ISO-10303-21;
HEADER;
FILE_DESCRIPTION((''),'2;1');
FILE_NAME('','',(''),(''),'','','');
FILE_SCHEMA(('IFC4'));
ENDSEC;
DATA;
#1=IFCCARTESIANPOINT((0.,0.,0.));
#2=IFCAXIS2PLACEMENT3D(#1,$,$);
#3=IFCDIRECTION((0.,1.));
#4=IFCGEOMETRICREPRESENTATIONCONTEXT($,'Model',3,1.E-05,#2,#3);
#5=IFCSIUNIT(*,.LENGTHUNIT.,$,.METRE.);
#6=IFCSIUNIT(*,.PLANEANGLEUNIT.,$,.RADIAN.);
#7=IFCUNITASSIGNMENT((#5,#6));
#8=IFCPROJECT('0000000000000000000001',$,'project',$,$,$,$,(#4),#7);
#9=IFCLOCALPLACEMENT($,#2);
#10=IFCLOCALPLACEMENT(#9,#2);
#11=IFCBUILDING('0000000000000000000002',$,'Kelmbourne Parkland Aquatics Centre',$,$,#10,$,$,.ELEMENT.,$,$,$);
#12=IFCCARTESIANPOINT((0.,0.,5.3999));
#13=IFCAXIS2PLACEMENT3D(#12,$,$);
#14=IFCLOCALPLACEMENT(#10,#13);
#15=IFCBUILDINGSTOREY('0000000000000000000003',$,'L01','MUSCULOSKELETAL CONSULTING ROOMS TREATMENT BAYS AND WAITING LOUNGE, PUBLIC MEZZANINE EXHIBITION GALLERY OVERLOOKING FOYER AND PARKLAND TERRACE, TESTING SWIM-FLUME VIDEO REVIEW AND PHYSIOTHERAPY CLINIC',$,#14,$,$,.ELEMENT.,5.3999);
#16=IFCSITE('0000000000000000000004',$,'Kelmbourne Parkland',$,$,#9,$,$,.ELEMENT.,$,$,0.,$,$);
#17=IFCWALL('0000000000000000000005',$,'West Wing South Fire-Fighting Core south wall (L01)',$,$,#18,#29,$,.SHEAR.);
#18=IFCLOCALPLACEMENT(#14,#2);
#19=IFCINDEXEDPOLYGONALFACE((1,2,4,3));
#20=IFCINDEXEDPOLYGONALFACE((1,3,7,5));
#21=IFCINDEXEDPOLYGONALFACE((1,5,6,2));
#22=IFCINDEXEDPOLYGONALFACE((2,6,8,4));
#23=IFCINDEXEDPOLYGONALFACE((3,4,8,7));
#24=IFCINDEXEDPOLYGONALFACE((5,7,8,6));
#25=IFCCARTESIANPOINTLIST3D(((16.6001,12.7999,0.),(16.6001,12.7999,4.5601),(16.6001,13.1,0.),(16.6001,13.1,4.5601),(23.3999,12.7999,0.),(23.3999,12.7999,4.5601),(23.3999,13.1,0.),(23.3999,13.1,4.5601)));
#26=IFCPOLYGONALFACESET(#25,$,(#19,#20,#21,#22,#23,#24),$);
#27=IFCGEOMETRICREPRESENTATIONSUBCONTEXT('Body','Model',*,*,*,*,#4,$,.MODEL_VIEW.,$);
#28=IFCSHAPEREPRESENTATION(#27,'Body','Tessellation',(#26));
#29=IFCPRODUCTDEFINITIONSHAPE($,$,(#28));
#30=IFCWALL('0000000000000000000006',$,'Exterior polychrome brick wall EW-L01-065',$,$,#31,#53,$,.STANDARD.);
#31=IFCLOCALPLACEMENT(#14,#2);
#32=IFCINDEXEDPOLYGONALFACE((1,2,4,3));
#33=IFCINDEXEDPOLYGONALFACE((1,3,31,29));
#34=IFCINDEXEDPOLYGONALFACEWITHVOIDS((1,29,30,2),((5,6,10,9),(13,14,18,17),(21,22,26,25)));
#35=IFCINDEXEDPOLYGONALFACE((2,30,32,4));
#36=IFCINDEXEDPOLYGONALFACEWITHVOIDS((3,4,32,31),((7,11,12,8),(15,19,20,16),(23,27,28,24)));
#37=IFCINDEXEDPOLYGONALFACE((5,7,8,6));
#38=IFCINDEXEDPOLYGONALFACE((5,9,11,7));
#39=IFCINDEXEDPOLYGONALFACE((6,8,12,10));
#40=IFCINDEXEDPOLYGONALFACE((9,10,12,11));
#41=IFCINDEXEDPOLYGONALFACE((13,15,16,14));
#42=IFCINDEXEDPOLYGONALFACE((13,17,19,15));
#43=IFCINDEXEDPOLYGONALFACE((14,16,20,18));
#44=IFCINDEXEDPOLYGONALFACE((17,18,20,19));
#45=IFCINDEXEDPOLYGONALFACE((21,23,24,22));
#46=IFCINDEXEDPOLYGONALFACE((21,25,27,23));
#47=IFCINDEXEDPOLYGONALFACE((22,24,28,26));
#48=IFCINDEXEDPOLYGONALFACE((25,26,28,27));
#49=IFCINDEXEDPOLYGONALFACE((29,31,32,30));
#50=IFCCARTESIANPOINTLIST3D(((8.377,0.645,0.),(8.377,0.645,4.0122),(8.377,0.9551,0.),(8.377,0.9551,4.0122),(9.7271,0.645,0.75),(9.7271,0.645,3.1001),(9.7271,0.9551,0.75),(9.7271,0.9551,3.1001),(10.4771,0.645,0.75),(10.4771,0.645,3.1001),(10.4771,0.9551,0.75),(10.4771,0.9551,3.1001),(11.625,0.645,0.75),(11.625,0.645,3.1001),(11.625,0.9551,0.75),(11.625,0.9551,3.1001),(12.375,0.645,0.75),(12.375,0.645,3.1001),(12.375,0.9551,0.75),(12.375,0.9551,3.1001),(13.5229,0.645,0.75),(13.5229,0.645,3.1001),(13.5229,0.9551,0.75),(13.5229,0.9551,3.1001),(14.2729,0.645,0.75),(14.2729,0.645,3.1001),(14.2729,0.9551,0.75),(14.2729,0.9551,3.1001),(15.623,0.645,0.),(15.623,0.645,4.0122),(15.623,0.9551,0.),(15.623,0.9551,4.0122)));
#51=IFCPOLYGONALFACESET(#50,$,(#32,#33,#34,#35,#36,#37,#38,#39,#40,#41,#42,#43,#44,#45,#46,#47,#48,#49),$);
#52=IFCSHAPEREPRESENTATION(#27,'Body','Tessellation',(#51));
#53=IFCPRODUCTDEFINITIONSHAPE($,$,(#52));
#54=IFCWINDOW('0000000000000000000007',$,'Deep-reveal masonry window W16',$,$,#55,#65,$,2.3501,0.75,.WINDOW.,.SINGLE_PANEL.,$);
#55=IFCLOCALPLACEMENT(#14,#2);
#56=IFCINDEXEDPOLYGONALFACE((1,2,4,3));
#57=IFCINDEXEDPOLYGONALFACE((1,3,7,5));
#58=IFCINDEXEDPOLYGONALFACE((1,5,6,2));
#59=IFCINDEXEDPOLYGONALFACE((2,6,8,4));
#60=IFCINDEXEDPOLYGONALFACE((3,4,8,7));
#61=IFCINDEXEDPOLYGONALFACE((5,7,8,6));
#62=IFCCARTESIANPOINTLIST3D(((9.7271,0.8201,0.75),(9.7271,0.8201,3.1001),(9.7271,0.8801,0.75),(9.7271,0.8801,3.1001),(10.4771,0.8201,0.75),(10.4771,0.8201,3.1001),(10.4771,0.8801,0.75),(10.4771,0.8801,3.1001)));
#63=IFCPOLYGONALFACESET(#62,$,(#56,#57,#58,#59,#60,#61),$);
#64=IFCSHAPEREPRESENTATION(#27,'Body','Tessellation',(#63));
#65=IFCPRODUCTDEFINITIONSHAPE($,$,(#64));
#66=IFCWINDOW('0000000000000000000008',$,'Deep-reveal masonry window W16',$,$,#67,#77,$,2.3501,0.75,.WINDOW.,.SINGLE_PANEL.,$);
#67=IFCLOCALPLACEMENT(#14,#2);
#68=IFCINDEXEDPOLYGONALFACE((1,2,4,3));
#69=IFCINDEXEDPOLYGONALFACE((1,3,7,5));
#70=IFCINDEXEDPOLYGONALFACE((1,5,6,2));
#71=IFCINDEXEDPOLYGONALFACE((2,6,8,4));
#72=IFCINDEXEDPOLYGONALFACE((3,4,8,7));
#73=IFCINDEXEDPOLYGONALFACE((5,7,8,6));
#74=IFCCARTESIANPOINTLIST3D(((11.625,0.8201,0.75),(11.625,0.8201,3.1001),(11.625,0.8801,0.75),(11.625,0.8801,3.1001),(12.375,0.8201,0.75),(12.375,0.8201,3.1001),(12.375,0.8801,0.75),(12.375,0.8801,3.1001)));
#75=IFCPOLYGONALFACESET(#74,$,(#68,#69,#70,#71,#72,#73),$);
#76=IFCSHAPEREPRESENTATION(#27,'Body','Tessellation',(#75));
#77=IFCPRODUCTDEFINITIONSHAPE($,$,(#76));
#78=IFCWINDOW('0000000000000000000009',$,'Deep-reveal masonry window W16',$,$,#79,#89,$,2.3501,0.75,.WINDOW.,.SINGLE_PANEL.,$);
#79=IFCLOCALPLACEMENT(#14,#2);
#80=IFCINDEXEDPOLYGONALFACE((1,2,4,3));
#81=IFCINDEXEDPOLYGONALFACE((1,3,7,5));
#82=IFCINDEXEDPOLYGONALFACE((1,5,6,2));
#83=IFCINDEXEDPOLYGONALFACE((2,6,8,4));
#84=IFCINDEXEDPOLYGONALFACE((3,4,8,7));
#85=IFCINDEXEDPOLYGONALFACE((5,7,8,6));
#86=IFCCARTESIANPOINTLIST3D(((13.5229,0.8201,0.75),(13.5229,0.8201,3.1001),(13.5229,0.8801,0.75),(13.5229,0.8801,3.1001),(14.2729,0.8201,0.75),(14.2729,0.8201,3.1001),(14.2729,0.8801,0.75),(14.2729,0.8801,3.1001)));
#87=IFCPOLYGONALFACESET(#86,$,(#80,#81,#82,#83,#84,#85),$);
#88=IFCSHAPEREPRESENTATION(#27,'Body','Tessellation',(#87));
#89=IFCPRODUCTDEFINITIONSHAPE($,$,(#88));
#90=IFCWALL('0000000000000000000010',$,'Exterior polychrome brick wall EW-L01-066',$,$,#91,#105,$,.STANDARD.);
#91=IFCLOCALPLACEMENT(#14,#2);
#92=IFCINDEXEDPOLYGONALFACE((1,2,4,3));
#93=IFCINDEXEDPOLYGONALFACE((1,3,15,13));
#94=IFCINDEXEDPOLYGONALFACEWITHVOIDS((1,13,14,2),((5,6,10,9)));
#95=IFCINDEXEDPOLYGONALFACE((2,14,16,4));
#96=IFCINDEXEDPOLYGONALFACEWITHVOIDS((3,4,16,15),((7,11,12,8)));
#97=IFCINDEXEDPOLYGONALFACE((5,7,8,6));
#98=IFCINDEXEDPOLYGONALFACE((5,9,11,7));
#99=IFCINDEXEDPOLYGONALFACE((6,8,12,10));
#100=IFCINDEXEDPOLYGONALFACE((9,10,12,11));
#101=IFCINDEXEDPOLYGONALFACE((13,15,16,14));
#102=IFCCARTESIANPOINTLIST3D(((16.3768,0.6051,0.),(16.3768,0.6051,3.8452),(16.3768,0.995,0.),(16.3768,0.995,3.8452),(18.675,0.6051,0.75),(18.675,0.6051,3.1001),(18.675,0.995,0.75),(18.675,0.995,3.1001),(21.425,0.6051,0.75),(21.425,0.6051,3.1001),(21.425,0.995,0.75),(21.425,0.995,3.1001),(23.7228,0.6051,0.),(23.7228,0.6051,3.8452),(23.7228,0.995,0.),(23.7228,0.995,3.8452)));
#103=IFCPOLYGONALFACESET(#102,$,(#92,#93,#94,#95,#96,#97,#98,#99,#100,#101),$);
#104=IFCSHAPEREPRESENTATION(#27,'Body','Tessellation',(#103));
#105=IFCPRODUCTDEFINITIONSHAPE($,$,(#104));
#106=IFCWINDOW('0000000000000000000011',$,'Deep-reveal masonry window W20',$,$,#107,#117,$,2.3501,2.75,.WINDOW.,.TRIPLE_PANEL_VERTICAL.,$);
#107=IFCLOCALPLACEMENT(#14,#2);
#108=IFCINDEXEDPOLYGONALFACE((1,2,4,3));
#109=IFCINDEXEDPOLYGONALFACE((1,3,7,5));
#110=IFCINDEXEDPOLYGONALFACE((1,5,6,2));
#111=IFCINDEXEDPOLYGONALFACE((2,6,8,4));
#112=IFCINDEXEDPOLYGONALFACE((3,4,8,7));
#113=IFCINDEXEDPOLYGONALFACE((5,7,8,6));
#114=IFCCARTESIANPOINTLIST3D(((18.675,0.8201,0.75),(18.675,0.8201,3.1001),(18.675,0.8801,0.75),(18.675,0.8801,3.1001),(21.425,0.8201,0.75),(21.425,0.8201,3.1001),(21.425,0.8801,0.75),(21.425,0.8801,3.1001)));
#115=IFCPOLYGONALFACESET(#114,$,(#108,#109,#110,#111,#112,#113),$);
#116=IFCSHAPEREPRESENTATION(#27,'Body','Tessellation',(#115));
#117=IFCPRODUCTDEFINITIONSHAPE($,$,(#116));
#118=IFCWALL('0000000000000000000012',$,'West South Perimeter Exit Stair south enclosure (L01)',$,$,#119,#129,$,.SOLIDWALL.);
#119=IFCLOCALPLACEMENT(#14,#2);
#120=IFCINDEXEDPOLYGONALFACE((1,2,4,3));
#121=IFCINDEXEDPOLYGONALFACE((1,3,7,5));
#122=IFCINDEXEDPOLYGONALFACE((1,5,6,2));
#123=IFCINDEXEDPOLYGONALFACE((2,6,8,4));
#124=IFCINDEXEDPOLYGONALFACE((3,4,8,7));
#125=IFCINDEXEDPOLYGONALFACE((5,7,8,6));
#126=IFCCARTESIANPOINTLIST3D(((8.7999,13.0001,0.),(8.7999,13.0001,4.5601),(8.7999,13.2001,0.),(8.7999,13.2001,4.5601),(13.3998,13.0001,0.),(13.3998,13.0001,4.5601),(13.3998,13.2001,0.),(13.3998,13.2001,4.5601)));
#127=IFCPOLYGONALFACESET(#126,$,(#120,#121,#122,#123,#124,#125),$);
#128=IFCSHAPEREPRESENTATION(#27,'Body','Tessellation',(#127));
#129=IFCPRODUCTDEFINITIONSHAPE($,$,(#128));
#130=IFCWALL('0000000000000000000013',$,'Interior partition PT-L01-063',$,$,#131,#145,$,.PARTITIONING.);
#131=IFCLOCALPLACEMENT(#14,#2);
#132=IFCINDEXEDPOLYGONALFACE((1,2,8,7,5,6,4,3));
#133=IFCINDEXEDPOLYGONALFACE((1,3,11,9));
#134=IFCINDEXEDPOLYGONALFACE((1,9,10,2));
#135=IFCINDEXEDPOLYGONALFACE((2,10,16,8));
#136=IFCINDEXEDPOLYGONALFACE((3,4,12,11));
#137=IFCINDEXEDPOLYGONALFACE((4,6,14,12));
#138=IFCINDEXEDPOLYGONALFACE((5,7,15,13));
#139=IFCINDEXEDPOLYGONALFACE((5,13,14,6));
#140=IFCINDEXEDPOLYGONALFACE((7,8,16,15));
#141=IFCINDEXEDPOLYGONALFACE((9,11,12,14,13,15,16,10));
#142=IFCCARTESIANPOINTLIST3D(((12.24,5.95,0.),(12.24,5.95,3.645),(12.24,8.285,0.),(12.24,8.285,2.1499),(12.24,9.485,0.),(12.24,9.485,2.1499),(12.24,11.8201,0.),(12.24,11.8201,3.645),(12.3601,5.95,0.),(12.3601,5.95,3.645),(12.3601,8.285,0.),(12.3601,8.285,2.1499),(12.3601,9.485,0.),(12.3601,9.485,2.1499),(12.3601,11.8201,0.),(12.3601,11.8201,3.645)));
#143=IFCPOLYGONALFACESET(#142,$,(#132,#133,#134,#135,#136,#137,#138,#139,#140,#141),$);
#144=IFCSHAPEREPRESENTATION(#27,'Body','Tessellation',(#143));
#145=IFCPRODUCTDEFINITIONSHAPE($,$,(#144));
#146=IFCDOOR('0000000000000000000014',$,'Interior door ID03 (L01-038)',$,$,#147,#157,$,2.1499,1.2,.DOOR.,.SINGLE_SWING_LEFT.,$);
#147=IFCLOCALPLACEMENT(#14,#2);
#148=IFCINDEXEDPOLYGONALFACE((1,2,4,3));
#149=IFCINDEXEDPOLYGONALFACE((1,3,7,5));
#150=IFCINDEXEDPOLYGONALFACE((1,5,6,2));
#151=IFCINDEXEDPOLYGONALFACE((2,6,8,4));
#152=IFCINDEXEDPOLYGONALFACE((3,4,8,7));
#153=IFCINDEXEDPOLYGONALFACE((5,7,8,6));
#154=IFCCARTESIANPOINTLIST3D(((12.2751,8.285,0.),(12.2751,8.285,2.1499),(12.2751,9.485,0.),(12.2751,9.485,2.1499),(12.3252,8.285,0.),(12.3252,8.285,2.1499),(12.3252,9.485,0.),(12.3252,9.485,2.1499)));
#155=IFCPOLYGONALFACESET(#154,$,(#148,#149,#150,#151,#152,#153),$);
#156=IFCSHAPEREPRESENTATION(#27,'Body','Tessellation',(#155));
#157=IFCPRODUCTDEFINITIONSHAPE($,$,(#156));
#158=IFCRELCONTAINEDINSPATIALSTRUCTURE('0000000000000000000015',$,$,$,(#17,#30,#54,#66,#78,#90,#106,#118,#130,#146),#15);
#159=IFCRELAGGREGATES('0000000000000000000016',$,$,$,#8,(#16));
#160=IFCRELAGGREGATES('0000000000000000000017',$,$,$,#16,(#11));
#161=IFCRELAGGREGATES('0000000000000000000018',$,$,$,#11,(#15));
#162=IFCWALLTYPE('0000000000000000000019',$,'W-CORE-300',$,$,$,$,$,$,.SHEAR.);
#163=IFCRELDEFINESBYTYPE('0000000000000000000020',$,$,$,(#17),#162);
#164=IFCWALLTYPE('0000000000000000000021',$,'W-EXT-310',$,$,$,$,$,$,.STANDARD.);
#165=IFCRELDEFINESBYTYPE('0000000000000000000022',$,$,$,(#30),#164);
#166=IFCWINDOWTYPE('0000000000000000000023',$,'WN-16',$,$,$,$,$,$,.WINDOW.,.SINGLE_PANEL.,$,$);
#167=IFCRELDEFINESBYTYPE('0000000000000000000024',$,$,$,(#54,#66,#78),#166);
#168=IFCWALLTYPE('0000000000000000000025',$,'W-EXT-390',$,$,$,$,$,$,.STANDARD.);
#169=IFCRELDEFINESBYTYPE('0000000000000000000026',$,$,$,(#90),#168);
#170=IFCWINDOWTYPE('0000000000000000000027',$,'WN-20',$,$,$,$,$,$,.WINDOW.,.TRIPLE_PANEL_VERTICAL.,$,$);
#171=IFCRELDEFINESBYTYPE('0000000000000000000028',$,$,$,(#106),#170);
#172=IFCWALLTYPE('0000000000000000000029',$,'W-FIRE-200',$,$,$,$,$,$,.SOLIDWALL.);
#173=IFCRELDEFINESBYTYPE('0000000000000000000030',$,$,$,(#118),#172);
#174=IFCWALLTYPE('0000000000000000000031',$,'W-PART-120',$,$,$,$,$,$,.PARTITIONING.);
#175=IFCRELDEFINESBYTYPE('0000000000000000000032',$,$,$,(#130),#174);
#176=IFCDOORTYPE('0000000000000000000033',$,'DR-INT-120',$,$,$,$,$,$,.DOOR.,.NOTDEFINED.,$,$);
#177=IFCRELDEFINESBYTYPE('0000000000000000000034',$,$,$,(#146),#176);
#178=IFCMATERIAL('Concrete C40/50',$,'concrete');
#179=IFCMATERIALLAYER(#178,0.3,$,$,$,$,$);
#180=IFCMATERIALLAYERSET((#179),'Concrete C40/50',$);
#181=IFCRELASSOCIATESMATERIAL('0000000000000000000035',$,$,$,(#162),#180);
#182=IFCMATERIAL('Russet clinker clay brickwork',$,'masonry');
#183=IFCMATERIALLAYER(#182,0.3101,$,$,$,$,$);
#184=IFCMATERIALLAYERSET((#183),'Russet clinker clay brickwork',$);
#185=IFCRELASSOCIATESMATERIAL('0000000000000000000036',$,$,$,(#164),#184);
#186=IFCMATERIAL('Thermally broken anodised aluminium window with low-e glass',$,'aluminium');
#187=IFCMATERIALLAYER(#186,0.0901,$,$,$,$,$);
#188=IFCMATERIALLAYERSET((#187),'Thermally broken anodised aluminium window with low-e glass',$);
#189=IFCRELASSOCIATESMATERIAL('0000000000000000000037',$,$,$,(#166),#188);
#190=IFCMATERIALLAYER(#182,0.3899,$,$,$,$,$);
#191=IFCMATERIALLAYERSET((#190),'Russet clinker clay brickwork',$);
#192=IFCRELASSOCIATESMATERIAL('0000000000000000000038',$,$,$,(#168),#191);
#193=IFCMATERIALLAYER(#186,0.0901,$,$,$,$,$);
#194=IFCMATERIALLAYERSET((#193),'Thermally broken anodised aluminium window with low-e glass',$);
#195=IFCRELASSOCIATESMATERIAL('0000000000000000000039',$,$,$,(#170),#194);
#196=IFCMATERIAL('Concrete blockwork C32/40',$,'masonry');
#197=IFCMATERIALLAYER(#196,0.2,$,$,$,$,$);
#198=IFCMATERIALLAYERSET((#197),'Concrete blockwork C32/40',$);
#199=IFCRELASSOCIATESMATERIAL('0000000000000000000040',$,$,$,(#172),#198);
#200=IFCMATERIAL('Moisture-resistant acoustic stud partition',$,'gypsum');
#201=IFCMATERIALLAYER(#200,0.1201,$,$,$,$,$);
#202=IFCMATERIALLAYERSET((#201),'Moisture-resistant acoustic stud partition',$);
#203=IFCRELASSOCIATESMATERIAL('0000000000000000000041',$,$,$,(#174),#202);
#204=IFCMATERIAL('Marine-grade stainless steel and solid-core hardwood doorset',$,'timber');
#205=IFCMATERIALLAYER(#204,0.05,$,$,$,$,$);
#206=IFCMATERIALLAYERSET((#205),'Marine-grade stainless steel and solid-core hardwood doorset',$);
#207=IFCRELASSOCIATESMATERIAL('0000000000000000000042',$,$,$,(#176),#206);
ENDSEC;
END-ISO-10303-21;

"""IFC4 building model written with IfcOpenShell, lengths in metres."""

from ifc_helpers import new_model, si_unit, direction, frame, frame_2d, origin, place, context, subcontext, project, spatial, rectangle, extrude, material, layer, layer_set, type_object, element, fill, save


model = new_model("IFC4")

# Units and contexts
model_context = context("Model", 3, precision=1e-05, world=origin(), true_north=direction((0.0, 1.0)))
body_context = subcontext(model_context, "Body", "Model", "MODEL_VIEW")
ifc_project = project(units=[si_unit("LENGTHUNIT", "METRE"), si_unit("PLANEANGLEUNIT", "RADIAN")], contexts=[model_context])

# Site, building, storey
site_placement = place(None, origin())
site = spatial("IfcSite", under=ifc_project, at=site_placement, Name="Kelmbourne Parkland", CompositionType="ELEMENT", RefElevation=0.0)
building_placement = place(site_placement, origin())
building = spatial("IfcBuilding", under=site, at=building_placement, Name="Kelmbourne Parkland Aquatics Centre", CompositionType="ELEMENT")
storey_placement = place(building_placement, frame((0.0, 0.0, 5.3999)))
storey = spatial("IfcBuildingStorey", under=building, at=storey_placement, Name="L01", Description="MUSCULOSKELETAL CONSULTING ROOMS TREATMENT BAYS AND WAITING LOUNGE, PUBLIC MEZZANINE EXHIBITION GALLERY OVERLOOKING FOYER AND PARKLAND TERRACE, TESTING SWIM-FLUME VIDEO REVIEW AND PHYSIOTHERAPY CLINIC", CompositionType="ELEMENT", Elevation=5.3999)

# Shared definitions
ifc_material_1 = material(Name="Concrete C40/50", Category="concrete")

# Wall
ifc_layer_1 = layer(ifc_material_1, 0.3)
ifc_layer_set_1 = layer_set([ifc_layer_1], Name="Concrete C40/50")
wall_type_1 = type_object("IfcWallType", Name="W-CORE-300", PredefinedType="SHEAR", material=ifc_layer_set_1)
wall_1_placement = place(storey_placement, frame((16.6001, 12.95, 0.0), z_axis=(0.0, 0.0, 1.0), x_axis=(1.0, 0.0, 0.0)))
element("IfcWall", 1, at=wall_1_placement, inside=storey, type_object=wall_type_1, Name="West Wing South Fire-Fighting Core south wall (L01)", PredefinedType="SHEAR", context=body_context, shape_type="SweptSolid", body=[
    extrude(rectangle(XDim=6.7998, YDim=0.3, at=frame_2d((3.3999, 0.0))), origin(), (0.0, 0.0, 1.0), 4.5601),
])

# Wall, openings, windows
ifc_material_2 = material(Name="Russet clinker clay brickwork", Category="masonry")
ifc_layer_2 = layer(ifc_material_2, 0.3101)
ifc_layer_set_2 = layer_set([ifc_layer_2], Name="Russet clinker clay brickwork")
wall_type_2 = type_object("IfcWallType", Name="W-EXT-310", PredefinedType="STANDARD", material=ifc_layer_set_2)
wall_2_placement = place(storey_placement, frame((8.377, 0.8, 0.0), z_axis=(0.0, 0.0, 1.0), x_axis=(1.0, 0.0, 0.0)))
wall_2 = element("IfcWall", 2, at=wall_2_placement, inside=storey, type_object=wall_type_2, Name="Exterior polychrome brick wall EW-L01-065", PredefinedType="STANDARD", context=body_context, shape_type="SweptSolid", body=[
    extrude(rectangle(XDim=7.2461, YDim=0.3101, at=frame_2d((3.623, 0.0))), origin(), (0.0, 0.0, 1.0), 4.0122),
])
opening_1_placement = place(wall_2_placement, frame((1.3501, 0.0, 0.75)))
opening_1 = element("IfcOpeningElement", 3, at=opening_1_placement, cuts=wall_2, PredefinedType="OPENING", context=body_context, shape_type="SweptSolid", body=[
    extrude(rectangle(XDim=0.75, YDim=2.3501, at=frame_2d((0.375, 1.175))), frame((0.0, 0.167, 0.0), z_axis=(0.0, -1.0, 0.0), x_axis=(1.0, 0.0, 0.0)), (0.0, 0.0, 1.0), 0.334),
])
opening_2_placement = place(wall_2_placement, frame((3.248, 0.0, 0.75)))
opening_2 = element("IfcOpeningElement", 4, at=opening_2_placement, cuts=wall_2, PredefinedType="OPENING", context=body_context, shape_type="SweptSolid", body=[
    extrude(rectangle(XDim=0.75, YDim=2.3501, at=frame_2d((0.375, 1.175))), frame((0.0, 0.167, 0.0), z_axis=(0.0, -1.0, 0.0), x_axis=(1.0, 0.0, 0.0)), (0.0, 0.0, 1.0), 0.334),
])
opening_3_placement = place(wall_2_placement, frame((5.146, 0.0, 0.75)))
opening_3 = element("IfcOpeningElement", 5, at=opening_3_placement, cuts=wall_2, PredefinedType="OPENING", context=body_context, shape_type="SweptSolid", body=[
    extrude(rectangle(XDim=0.75, YDim=2.3501, at=frame_2d((0.375, 1.175))), frame((0.0, 0.167, 0.0), z_axis=(0.0, -1.0, 0.0), x_axis=(1.0, 0.0, 0.0)), (0.0, 0.0, 1.0), 0.334),
])
ifc_material_3 = material(Name="Thermally broken anodised aluminium window with low-e glass", Category="aluminium")
ifc_layer_3 = layer(ifc_material_3, 0.0901)
ifc_layer_set_3 = layer_set([ifc_layer_3], Name="Thermally broken anodised aluminium window with low-e glass")
window_type_1 = type_object("IfcWindowType", Name="WN-16", PartitioningType="SINGLE_PANEL", PredefinedType="WINDOW", material=ifc_layer_set_3)
window_1_placement = place(opening_1_placement, origin())
window_1 = element("IfcWindow", 6, at=window_1_placement, inside=storey, type_object=window_type_1, Name="Deep-reveal masonry window W16", OverallHeight=2.3501, OverallWidth=0.75, PartitioningType="SINGLE_PANEL", PredefinedType="WINDOW", context=body_context, shape_type="SweptSolid", body=[
    extrude(rectangle(XDim=0.75, YDim=2.3501, at=frame_2d((0.375, 1.175))), frame((0.0, 0.0801, 0.0), z_axis=(0.0, -1.0, 0.0), x_axis=(1.0, 0.0, 0.0)), (0.0, 0.0, 1.0), 0.0601),
])
fill(opening_1, window_1)
window_2_placement = place(opening_2_placement, origin())
window_2 = element("IfcWindow", 7, at=window_2_placement, inside=storey, type_object=window_type_1, Name="Deep-reveal masonry window W16", OverallHeight=2.3501, OverallWidth=0.75, PartitioningType="SINGLE_PANEL", PredefinedType="WINDOW", context=body_context, shape_type="SweptSolid", body=[
    extrude(rectangle(XDim=0.75, YDim=2.3501, at=frame_2d((0.375, 1.175))), frame((0.0, 0.0801, 0.0), z_axis=(0.0, -1.0, 0.0), x_axis=(1.0, 0.0, 0.0)), (0.0, 0.0, 1.0), 0.0601),
])
fill(opening_2, window_2)
window_3_placement = place(opening_3_placement, origin())
window_3 = element("IfcWindow", 8, at=window_3_placement, inside=storey, type_object=window_type_1, Name="Deep-reveal masonry window W16", OverallHeight=2.3501, OverallWidth=0.75, PartitioningType="SINGLE_PANEL", PredefinedType="WINDOW", context=body_context, shape_type="SweptSolid", body=[
    extrude(rectangle(XDim=0.75, YDim=2.3501, at=frame_2d((0.375, 1.175))), frame((0.0, 0.0801, 0.0), z_axis=(0.0, -1.0, 0.0), x_axis=(1.0, 0.0, 0.0)), (0.0, 0.0, 1.0), 0.0601),
])
fill(opening_3, window_3)

# Wall, opening, window
ifc_layer_4 = layer(ifc_material_2, 0.3899)
ifc_layer_set_4 = layer_set([ifc_layer_4], Name="Russet clinker clay brickwork")
wall_type_3 = type_object("IfcWallType", Name="W-EXT-390", PredefinedType="STANDARD", material=ifc_layer_set_4)
wall_3_placement = place(storey_placement, frame((16.377, 0.8, 0.0), z_axis=(0.0, 0.0, 1.0), x_axis=(1.0, 0.0, 0.0)))
wall_3 = element("IfcWall", 9, at=wall_3_placement, inside=storey, type_object=wall_type_3, Name="Exterior polychrome brick wall EW-L01-066", PredefinedType="STANDARD", context=body_context, shape_type="SweptSolid", body=[
    extrude(rectangle(XDim=7.3459, YDim=0.3899, at=frame_2d((3.6729, 0.0))), origin(), (0.0, 0.0, 1.0), 3.8452),
])
opening_4_placement = place(wall_3_placement, frame((2.2981, 0.0, 0.75)))
opening_4 = element("IfcOpeningElement", 10, at=opening_4_placement, cuts=wall_3, PredefinedType="OPENING", context=body_context, shape_type="SweptSolid", body=[
    extrude(rectangle(XDim=2.75, YDim=2.3501, at=frame_2d((1.375, 1.175))), frame((0.0, 0.207, 0.0), z_axis=(0.0, -1.0, 0.0), x_axis=(1.0, 0.0, 0.0)), (0.0, 0.0, 1.0), 0.4138),
])
ifc_layer_5 = layer(ifc_material_3, 0.0901)
ifc_layer_set_5 = layer_set([ifc_layer_5], Name="Thermally broken anodised aluminium window with low-e glass")
window_type_2 = type_object("IfcWindowType", Name="WN-20", PartitioningType="TRIPLE_PANEL_VERTICAL", PredefinedType="WINDOW", material=ifc_layer_set_5)
window_4_placement = place(opening_4_placement, origin())
window_4 = element("IfcWindow", 11, at=window_4_placement, inside=storey, type_object=window_type_2, Name="Deep-reveal masonry window W20", OverallHeight=2.3501, OverallWidth=2.75, PartitioningType="TRIPLE_PANEL_VERTICAL", PredefinedType="WINDOW", context=body_context, shape_type="SweptSolid", body=[
    extrude(rectangle(XDim=2.75, YDim=2.3501, at=frame_2d((1.375, 1.175))), frame((0.0, 0.0801, 0.0), z_axis=(0.0, -1.0, 0.0), x_axis=(1.0, 0.0, 0.0)), (0.0, 0.0, 1.0), 0.0601),
])
fill(opening_4, window_4)

# Wall
ifc_material_4 = material(Name="Concrete blockwork C32/40", Category="masonry")
ifc_layer_6 = layer(ifc_material_4, 0.2)
ifc_layer_set_6 = layer_set([ifc_layer_6], Name="Concrete blockwork C32/40")
wall_type_4 = type_object("IfcWallType", Name="W-FIRE-200", PredefinedType="SOLIDWALL", material=ifc_layer_set_6)
wall_4_placement = place(storey_placement, frame((8.8, 13.1001, 0.0), z_axis=(0.0, 0.0, 1.0), x_axis=(1.0, 0.0, 0.0)))
element("IfcWall", 12, at=wall_4_placement, inside=storey, type_object=wall_type_4, Name="West South Perimeter Exit Stair south enclosure (L01)", PredefinedType="SOLIDWALL", context=body_context, shape_type="SweptSolid", body=[
    extrude(rectangle(XDim=4.5999, YDim=0.2, at=frame_2d((2.2998, 0.0))), origin(), (0.0, 0.0, 1.0), 4.5601),
])

# Wall, opening, door
ifc_material_5 = material(Name="Moisture-resistant acoustic stud partition", Category="gypsum")
ifc_layer_7 = layer(ifc_material_5, 0.1201)
ifc_layer_set_7 = layer_set([ifc_layer_7], Name="Moisture-resistant acoustic stud partition")
wall_type_5 = type_object("IfcWallType", Name="W-PART-120", PredefinedType="PARTITIONING", material=ifc_layer_set_7)
wall_5_placement = place(storey_placement, frame((12.3, 5.95, 0.0), z_axis=(0.0, 0.0, 1.0), x_axis=(0.0, 1.0, 0.0)))
wall_5 = element("IfcWall", 13, at=wall_5_placement, inside=storey, type_object=wall_type_5, Name="Interior partition PT-L01-063", PredefinedType="PARTITIONING", context=body_context, shape_type="SweptSolid", body=[
    extrude(rectangle(XDim=5.8701, YDim=0.1201, at=frame_2d((2.9351, 0.0))), origin(), (0.0, 0.0, 1.0), 3.645),
])
opening_5_placement = place(wall_5_placement, frame((2.335, 0.0, 0.0)))
opening_5 = element("IfcOpeningElement", 14, at=opening_5_placement, cuts=wall_5, PredefinedType="OPENING", context=body_context, shape_type="SweptSolid", body=[
    extrude(rectangle(XDim=1.2, YDim=2.1499, at=frame_2d((0.6001, 1.075))), frame((0.0, 0.072, 0.0), z_axis=(0.0, -1.0, 0.0), x_axis=(1.0, 0.0, 0.0)), (0.0, 0.0, 1.0), 0.144),
])
ifc_material_6 = material(Name="Marine-grade stainless steel and solid-core hardwood doorset", Category="timber")
ifc_layer_8 = layer(ifc_material_6, 0.05)
ifc_layer_set_8 = layer_set([ifc_layer_8], Name="Marine-grade stainless steel and solid-core hardwood doorset")
door_type = type_object("IfcDoorType", Name="DR-INT-120", OperationType="NOTDEFINED", PredefinedType="DOOR", material=ifc_layer_set_8)
door_placement = place(opening_5_placement, origin())
door = element("IfcDoor", 15, at=door_placement, inside=storey, type_object=door_type, Name="Interior door ID03 (L01-038)", OperationType="SINGLE_SWING_LEFT", OverallHeight=2.1499, OverallWidth=1.2, PredefinedType="DOOR", context=body_context, shape_type="SweptSolid", body=[
    extrude(rectangle(XDim=1.2, YDim=2.1499, at=frame_2d((0.6001, 1.075))), frame((0.0, 0.0249, 0.0), z_axis=(0.0, -1.0, 0.0), x_axis=(1.0, 0.0, 0.0)), (0.0, 0.0, 1.0), 0.05),
])
fill(opening_5, door)

save(model, "model.ifc")
